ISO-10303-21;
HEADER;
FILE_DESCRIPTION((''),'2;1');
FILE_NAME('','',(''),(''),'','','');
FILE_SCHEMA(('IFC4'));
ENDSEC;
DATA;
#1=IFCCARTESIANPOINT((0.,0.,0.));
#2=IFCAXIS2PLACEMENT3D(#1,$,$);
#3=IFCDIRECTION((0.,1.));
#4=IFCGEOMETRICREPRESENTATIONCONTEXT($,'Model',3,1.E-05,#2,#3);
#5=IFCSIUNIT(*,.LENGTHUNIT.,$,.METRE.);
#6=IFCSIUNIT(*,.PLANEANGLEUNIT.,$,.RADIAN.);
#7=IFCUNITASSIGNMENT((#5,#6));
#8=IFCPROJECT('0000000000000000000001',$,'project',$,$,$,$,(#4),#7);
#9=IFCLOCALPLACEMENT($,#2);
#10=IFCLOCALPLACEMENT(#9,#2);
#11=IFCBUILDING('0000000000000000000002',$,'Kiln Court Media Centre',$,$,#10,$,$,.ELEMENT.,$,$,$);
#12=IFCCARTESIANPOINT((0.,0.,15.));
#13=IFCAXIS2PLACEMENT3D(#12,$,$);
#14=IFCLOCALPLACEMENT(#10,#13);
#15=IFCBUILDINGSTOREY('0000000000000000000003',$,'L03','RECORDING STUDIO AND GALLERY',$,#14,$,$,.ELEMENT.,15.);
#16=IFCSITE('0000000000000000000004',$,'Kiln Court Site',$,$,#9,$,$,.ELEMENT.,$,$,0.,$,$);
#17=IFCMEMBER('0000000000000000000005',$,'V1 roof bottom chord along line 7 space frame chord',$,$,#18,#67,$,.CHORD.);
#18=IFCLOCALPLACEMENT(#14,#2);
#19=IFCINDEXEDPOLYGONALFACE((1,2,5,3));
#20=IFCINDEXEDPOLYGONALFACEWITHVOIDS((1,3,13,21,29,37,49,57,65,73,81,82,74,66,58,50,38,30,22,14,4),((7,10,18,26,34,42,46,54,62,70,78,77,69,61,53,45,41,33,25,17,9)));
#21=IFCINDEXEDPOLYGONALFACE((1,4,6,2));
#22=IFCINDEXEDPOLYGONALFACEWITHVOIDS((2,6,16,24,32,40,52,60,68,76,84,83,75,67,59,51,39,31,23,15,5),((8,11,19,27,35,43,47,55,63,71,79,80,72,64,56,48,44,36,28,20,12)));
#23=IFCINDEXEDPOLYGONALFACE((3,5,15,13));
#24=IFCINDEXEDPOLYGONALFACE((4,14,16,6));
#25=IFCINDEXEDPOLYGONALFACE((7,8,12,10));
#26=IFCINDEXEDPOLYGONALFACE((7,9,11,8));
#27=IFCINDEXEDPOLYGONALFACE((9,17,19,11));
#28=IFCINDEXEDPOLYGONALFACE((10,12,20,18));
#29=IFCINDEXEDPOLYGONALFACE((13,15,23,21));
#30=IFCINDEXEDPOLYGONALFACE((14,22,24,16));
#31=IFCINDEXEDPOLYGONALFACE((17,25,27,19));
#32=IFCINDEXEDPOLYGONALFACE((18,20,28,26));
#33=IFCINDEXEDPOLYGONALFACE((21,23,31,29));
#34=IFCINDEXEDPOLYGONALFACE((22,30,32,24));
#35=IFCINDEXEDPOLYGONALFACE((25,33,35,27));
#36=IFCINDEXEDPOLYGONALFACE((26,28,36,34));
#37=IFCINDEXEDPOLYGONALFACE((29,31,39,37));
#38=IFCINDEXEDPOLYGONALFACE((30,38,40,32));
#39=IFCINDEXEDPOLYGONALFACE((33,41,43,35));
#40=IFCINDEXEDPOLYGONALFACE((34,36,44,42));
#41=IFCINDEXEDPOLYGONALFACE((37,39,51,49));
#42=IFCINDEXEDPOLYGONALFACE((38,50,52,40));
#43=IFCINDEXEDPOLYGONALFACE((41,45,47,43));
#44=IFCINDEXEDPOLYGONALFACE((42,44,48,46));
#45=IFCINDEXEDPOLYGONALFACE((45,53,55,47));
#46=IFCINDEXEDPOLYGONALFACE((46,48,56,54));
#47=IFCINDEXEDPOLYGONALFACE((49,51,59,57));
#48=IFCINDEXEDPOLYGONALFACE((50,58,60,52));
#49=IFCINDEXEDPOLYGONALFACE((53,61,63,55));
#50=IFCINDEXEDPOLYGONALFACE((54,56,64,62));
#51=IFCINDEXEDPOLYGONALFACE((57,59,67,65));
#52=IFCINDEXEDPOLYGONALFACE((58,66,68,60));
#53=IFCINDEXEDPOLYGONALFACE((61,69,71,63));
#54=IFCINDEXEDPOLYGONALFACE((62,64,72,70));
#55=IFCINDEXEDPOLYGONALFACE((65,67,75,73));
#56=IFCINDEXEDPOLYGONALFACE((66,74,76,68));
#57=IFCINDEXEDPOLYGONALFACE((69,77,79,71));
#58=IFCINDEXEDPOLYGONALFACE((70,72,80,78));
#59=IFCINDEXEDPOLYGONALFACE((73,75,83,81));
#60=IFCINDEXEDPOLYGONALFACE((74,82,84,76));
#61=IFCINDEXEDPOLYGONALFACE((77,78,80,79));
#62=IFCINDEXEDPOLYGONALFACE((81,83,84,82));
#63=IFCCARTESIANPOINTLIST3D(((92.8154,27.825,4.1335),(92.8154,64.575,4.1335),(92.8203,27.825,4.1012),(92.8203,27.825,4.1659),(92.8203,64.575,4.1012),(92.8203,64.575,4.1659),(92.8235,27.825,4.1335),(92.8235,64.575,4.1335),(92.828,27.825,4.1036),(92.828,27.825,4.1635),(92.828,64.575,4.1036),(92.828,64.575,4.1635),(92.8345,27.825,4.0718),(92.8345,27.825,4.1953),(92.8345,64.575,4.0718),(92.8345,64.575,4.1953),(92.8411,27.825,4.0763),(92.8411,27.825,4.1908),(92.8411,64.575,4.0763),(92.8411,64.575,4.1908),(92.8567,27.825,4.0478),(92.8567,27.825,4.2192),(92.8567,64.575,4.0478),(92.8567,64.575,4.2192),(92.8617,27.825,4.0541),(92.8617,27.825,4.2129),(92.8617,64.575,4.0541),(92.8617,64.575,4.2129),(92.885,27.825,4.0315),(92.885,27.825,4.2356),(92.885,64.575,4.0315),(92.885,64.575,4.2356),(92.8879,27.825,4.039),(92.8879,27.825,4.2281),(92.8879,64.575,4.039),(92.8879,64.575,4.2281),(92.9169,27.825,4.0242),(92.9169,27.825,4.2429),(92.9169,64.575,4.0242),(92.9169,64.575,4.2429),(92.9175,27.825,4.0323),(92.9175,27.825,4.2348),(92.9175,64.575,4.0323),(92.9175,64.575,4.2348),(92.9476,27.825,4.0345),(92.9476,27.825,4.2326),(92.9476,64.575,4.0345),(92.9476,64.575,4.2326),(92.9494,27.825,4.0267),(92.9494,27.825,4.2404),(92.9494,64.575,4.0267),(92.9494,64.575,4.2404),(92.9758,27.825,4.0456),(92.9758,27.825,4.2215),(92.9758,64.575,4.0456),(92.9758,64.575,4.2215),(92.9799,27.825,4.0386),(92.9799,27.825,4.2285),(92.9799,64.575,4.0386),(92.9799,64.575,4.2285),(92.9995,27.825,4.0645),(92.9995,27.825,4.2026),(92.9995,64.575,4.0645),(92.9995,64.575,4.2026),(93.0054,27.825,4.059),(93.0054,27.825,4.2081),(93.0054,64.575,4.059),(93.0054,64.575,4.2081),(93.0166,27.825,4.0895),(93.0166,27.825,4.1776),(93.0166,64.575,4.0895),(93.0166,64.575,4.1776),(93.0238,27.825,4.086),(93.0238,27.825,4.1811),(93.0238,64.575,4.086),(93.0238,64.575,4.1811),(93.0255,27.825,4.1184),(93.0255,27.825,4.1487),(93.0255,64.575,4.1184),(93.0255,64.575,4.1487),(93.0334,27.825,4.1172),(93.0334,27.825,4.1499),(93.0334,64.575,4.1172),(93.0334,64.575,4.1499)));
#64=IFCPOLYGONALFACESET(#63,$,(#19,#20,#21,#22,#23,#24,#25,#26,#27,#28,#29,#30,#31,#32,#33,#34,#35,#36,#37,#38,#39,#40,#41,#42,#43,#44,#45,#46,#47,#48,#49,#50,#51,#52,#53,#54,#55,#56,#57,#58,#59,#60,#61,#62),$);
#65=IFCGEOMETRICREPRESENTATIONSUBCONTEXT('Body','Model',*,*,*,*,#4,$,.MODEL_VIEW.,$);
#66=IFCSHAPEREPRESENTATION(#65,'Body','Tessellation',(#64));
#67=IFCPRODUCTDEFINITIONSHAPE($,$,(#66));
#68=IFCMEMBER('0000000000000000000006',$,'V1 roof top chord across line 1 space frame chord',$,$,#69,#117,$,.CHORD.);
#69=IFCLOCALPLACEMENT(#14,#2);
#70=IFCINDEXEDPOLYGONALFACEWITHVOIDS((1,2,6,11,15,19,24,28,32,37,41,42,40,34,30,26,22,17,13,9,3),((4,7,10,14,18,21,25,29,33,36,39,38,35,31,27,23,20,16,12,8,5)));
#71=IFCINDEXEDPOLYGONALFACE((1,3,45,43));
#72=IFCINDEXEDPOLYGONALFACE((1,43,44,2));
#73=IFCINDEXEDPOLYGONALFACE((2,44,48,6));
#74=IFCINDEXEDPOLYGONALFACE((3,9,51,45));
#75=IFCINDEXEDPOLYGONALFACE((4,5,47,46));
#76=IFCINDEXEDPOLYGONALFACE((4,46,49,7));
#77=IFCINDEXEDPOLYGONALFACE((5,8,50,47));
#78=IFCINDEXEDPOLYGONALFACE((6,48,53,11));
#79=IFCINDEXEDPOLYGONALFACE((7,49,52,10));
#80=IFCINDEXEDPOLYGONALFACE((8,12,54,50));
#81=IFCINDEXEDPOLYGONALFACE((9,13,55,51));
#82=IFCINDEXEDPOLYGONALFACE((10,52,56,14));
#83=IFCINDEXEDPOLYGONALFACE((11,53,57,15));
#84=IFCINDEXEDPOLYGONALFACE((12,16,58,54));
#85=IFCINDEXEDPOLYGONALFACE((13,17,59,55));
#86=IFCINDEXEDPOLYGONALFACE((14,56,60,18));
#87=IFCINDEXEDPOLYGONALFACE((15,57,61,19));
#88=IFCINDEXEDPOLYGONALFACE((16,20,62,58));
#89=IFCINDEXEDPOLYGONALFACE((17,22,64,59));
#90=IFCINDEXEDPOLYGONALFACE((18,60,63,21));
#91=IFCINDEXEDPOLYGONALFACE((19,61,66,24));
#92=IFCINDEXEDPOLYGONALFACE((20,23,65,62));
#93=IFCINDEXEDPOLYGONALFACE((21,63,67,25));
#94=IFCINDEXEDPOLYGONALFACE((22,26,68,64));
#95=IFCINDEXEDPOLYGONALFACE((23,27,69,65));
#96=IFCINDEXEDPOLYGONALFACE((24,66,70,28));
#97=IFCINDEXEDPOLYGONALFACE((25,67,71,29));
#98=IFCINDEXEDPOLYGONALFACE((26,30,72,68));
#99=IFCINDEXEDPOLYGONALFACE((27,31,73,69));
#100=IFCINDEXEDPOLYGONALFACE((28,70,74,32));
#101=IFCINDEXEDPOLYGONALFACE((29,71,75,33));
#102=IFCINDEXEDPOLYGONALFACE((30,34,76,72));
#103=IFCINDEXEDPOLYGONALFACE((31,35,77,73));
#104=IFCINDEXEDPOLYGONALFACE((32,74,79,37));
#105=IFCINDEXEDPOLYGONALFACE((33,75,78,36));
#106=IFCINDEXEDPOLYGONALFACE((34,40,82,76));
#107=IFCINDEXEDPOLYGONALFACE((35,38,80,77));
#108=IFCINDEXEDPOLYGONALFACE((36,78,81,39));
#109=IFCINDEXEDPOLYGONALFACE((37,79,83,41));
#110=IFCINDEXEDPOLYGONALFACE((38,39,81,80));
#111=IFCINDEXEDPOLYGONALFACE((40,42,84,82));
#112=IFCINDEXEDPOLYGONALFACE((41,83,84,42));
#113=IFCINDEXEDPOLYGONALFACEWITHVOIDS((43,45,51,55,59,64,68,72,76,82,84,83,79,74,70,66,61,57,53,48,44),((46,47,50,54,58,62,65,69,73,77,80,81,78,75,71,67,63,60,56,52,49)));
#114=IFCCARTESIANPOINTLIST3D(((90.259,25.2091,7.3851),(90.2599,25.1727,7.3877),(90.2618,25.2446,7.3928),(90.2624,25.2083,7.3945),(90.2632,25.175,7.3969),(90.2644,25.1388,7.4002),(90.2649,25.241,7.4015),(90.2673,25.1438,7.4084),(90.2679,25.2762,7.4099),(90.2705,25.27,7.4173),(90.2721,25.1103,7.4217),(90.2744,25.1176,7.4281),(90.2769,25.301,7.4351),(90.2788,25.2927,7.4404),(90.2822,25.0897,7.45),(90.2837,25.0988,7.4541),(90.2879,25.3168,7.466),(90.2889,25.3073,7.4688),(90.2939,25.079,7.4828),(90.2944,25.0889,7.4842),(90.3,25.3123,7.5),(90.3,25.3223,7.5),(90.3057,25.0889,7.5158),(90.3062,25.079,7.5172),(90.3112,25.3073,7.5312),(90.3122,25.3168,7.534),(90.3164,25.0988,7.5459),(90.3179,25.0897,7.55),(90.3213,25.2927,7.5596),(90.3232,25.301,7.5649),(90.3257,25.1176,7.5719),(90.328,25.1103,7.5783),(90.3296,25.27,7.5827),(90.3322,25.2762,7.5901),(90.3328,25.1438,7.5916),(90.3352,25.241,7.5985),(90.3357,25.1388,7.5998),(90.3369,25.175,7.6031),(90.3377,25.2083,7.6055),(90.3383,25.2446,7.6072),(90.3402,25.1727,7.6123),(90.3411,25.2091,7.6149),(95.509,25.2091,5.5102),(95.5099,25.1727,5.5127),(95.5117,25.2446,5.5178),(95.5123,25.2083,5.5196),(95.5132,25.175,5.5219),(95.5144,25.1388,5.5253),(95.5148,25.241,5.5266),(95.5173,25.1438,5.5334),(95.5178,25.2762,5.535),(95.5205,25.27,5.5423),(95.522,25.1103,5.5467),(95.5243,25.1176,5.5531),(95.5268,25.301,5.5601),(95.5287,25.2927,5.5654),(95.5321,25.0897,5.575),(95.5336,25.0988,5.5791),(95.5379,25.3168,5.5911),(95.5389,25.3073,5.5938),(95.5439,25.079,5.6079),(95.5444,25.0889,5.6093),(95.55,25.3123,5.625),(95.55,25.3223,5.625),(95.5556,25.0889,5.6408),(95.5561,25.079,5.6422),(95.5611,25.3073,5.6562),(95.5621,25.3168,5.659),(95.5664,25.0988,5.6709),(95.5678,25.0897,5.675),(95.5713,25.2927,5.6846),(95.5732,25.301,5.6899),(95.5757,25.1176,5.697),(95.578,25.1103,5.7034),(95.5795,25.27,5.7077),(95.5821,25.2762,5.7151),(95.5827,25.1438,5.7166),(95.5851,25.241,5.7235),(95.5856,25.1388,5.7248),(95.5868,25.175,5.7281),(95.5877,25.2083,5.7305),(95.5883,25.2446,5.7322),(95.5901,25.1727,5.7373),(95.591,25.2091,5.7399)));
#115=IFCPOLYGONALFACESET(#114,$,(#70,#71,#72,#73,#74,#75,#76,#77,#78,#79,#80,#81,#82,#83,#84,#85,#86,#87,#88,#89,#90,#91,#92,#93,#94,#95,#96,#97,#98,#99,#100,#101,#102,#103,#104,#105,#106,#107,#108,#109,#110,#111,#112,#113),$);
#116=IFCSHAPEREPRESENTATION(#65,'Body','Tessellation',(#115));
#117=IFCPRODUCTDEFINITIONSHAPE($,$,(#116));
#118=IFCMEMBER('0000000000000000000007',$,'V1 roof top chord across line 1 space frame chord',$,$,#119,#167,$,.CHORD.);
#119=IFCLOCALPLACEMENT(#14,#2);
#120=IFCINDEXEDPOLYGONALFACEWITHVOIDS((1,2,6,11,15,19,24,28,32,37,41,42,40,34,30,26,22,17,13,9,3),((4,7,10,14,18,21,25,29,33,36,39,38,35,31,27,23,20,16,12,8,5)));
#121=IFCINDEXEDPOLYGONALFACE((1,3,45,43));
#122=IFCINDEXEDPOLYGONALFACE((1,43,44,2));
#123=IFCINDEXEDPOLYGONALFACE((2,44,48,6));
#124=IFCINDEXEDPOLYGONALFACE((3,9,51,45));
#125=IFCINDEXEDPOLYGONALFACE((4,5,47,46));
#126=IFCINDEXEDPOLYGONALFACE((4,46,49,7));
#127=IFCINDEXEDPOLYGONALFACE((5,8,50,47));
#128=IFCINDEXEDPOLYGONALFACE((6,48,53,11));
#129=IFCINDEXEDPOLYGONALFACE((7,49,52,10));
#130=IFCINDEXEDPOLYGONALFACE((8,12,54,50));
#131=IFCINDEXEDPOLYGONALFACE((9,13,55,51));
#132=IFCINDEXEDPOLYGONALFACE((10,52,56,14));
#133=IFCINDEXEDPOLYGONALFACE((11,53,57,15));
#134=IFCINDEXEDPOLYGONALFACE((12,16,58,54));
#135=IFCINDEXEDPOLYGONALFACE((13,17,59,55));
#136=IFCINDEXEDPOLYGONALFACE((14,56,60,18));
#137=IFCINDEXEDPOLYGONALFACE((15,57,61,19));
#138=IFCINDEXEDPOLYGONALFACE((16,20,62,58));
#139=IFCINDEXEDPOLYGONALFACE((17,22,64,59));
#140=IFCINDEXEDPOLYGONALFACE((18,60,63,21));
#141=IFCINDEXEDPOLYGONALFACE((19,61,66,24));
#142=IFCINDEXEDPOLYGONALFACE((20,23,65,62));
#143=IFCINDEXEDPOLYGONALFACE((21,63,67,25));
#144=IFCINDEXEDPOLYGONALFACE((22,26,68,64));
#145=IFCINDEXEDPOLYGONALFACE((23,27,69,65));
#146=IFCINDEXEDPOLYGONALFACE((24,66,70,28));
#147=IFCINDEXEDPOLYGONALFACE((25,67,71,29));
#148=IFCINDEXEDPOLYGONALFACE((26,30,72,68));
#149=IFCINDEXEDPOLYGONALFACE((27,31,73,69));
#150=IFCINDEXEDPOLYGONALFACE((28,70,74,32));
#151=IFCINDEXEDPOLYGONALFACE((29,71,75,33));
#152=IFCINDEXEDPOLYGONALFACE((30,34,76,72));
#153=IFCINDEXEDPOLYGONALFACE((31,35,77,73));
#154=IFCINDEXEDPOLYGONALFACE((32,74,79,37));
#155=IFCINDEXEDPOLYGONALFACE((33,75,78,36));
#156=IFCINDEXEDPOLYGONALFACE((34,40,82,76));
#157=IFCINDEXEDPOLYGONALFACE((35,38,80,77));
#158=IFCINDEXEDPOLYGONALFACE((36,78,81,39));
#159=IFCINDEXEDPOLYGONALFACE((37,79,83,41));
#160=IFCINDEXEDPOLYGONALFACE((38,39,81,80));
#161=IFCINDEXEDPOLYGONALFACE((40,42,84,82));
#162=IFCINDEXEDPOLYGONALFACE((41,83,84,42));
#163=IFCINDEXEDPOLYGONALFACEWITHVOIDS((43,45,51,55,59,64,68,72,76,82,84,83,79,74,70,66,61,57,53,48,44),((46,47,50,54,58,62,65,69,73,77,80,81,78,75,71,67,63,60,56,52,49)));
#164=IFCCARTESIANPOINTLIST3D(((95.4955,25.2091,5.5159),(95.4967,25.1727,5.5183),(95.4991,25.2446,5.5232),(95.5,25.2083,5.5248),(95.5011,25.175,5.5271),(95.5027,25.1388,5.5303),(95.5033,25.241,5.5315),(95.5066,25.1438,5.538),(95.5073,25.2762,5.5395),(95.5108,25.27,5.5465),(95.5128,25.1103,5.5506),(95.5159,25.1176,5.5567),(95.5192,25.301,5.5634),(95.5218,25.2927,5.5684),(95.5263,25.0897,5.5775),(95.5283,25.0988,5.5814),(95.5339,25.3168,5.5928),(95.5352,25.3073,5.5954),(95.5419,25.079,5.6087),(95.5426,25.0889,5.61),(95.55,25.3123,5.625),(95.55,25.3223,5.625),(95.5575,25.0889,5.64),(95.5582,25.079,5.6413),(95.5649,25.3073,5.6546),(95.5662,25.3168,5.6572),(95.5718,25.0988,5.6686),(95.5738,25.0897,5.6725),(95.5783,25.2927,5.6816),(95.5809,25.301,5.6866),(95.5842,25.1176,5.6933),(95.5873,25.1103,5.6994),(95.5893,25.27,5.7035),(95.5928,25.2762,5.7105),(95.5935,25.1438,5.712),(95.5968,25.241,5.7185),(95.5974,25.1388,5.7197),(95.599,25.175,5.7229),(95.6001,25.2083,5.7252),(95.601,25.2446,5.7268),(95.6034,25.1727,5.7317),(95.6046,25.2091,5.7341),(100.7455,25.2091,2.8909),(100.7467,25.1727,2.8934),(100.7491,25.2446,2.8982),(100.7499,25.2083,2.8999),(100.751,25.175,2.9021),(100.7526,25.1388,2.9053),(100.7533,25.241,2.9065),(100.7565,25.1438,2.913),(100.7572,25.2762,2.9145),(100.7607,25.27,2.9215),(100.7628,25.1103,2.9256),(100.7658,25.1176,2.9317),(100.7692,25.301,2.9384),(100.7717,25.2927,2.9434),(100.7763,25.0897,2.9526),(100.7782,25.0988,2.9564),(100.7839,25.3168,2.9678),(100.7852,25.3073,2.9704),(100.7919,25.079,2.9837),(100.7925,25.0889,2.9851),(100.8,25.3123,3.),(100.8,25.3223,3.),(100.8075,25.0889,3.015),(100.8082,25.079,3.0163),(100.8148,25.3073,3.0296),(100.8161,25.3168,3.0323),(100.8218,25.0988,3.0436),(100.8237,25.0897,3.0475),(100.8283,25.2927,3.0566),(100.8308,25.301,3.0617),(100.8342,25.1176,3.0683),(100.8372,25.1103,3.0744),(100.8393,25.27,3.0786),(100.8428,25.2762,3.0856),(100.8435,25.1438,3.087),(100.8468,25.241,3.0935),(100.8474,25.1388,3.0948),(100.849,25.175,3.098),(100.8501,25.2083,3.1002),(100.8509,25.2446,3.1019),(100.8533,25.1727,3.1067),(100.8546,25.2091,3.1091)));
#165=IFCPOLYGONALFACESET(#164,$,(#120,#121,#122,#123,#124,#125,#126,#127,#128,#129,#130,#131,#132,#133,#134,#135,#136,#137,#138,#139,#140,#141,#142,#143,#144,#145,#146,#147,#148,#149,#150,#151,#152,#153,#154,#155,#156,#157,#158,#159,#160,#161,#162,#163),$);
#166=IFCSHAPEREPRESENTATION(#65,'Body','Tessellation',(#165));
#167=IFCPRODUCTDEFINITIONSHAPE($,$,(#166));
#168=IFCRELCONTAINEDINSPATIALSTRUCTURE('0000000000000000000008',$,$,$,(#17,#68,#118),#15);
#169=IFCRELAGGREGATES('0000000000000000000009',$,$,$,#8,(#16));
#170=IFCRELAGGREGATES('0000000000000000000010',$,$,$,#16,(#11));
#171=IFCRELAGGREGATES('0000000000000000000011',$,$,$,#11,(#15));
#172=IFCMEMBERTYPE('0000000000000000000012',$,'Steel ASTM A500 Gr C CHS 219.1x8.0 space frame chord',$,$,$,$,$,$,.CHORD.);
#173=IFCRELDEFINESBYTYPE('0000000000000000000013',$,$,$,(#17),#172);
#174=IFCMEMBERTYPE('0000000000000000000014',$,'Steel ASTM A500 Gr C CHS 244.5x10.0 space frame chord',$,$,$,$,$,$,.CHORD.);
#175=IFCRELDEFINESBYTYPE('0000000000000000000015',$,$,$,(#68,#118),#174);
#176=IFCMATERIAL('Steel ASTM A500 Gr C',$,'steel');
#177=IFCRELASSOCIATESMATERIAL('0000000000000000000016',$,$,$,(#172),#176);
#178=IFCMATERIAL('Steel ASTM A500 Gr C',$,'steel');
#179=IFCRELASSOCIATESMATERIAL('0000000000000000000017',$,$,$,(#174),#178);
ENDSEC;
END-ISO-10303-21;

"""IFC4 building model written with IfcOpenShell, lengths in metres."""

from ifc_helpers import new_model, si_unit, direction, frame, origin, origin_2d, place, context, subcontext, project, spatial, hollow_circle, extrude, material, material_profile, profile_set, type_object, element, save


model = new_model("IFC4")

# Units and contexts
model_context = context("Model", 3, precision=1e-05, world=origin(), true_north=direction((0.0, 1.0)))
body_context = subcontext(model_context, "Body", "Model", "MODEL_VIEW")
ifc_project = project(units=[si_unit("LENGTHUNIT", "METRE"), si_unit("PLANEANGLEUNIT", "RADIAN")], contexts=[model_context])

# Site, building, storey
site_placement = place(None, origin())
site = spatial("IfcSite", under=ifc_project, at=site_placement, Name="Kiln Court Site", CompositionType="ELEMENT", RefElevation=0.0)
building_placement = place(site_placement, origin())
building = spatial("IfcBuilding", under=site, at=building_placement, Name="Kiln Court Media Centre", CompositionType="ELEMENT")
storey_placement = place(building_placement, frame((0.0, 0.0, 15.0)))
storey = spatial("IfcBuildingStorey", under=building, at=storey_placement, Name="L03", Description="RECORDING STUDIO AND GALLERY", CompositionType="ELEMENT", Elevation=15.0)

# Members
ifc_material_1 = material(Name="Steel ASTM A500 Gr C", Category="steel")
ifc_material_profile_1 = material_profile(ifc_material_1, hollow_circle(Radius=0.1096, WallThickness=0.0081, at=origin_2d()), Name="CHS 219.1x8.0")
ifc_profile_set_1 = profile_set([ifc_material_profile_1], Name="Steel ASTM A500 Gr C")
member_type_1 = type_object("IfcMemberType", Name="Steel ASTM A500 Gr C CHS 219.1x8.0 space frame chord", PredefinedType="CHORD", material=ifc_profile_set_1)
member_1_placement = place(storey_placement, frame((92.925, 27.825, 4.1335), z_axis=(0.0, 1.0, 0.0), x_axis=(-1.0, 0.0, 0.0)))
element("IfcMember", 1, at=member_1_placement, inside=storey, type_object=member_type_1, Name="V1 roof bottom chord along line 7 space frame chord", PredefinedType="CHORD", context=body_context, shape_type="SweptSolid", body=[
    extrude(hollow_circle(Radius=0.1096, WallThickness=0.0081, at=origin_2d()), origin(), (0.0, 0.0, 1.0), 36.75),
])
ifc_material_2 = material(Name="Steel ASTM A500 Gr C", Category="steel")
ifc_material_profile_2 = material_profile(ifc_material_2, hollow_circle(Radius=0.1223, WallThickness=0.01, at=origin_2d()), Name="CHS 244.5x10.0")
ifc_profile_set_2 = profile_set([ifc_material_profile_2], Name="Steel ASTM A500 Gr C")
member_type_2 = type_object("IfcMemberType", Name="Steel ASTM A500 Gr C CHS 244.5x10.0 space frame chord", PredefinedType="CHORD", material=ifc_profile_set_2)
member_2_placement = place(storey_placement, frame((90.3, 25.2, 7.5), z_axis=(0.941742, 0.0, -0.336336), x_axis=(0.0, 1.0, 0.0)))
element("IfcMember", 2, at=member_2_placement, inside=storey, type_object=member_type_2, Name="V1 roof top chord across line 1 space frame chord", PredefinedType="CHORD", context=body_context, shape_type="SweptSolid", body=[
    extrude(hollow_circle(Radius=0.1223, WallThickness=0.01, at=origin_2d()), origin(), (0.0, 0.0, 1.0), 5.5747),
])
for number, where, z_axis, x_axis, name in (
    (3, (95.55, 25.2, 5.625), (0.894427, 0.0, -0.447214), (0.0, 1.0, 0.0), "V1 roof top chord across line 1 space frame chord"),
):
    element("IfcMember", number, at=place(storey_placement, frame(where, z_axis=z_axis, x_axis=x_axis)), inside=storey, type_object=member_type_2, Name=name, PredefinedType="CHORD", context=body_context, shape_type="SweptSolid", body=[
        extrude(hollow_circle(Radius=0.1223, WallThickness=0.01, at=origin_2d()), origin(), (0.0, 0.0, 1.0), 5.8696),
    ])

save(model, "model.ifc")
